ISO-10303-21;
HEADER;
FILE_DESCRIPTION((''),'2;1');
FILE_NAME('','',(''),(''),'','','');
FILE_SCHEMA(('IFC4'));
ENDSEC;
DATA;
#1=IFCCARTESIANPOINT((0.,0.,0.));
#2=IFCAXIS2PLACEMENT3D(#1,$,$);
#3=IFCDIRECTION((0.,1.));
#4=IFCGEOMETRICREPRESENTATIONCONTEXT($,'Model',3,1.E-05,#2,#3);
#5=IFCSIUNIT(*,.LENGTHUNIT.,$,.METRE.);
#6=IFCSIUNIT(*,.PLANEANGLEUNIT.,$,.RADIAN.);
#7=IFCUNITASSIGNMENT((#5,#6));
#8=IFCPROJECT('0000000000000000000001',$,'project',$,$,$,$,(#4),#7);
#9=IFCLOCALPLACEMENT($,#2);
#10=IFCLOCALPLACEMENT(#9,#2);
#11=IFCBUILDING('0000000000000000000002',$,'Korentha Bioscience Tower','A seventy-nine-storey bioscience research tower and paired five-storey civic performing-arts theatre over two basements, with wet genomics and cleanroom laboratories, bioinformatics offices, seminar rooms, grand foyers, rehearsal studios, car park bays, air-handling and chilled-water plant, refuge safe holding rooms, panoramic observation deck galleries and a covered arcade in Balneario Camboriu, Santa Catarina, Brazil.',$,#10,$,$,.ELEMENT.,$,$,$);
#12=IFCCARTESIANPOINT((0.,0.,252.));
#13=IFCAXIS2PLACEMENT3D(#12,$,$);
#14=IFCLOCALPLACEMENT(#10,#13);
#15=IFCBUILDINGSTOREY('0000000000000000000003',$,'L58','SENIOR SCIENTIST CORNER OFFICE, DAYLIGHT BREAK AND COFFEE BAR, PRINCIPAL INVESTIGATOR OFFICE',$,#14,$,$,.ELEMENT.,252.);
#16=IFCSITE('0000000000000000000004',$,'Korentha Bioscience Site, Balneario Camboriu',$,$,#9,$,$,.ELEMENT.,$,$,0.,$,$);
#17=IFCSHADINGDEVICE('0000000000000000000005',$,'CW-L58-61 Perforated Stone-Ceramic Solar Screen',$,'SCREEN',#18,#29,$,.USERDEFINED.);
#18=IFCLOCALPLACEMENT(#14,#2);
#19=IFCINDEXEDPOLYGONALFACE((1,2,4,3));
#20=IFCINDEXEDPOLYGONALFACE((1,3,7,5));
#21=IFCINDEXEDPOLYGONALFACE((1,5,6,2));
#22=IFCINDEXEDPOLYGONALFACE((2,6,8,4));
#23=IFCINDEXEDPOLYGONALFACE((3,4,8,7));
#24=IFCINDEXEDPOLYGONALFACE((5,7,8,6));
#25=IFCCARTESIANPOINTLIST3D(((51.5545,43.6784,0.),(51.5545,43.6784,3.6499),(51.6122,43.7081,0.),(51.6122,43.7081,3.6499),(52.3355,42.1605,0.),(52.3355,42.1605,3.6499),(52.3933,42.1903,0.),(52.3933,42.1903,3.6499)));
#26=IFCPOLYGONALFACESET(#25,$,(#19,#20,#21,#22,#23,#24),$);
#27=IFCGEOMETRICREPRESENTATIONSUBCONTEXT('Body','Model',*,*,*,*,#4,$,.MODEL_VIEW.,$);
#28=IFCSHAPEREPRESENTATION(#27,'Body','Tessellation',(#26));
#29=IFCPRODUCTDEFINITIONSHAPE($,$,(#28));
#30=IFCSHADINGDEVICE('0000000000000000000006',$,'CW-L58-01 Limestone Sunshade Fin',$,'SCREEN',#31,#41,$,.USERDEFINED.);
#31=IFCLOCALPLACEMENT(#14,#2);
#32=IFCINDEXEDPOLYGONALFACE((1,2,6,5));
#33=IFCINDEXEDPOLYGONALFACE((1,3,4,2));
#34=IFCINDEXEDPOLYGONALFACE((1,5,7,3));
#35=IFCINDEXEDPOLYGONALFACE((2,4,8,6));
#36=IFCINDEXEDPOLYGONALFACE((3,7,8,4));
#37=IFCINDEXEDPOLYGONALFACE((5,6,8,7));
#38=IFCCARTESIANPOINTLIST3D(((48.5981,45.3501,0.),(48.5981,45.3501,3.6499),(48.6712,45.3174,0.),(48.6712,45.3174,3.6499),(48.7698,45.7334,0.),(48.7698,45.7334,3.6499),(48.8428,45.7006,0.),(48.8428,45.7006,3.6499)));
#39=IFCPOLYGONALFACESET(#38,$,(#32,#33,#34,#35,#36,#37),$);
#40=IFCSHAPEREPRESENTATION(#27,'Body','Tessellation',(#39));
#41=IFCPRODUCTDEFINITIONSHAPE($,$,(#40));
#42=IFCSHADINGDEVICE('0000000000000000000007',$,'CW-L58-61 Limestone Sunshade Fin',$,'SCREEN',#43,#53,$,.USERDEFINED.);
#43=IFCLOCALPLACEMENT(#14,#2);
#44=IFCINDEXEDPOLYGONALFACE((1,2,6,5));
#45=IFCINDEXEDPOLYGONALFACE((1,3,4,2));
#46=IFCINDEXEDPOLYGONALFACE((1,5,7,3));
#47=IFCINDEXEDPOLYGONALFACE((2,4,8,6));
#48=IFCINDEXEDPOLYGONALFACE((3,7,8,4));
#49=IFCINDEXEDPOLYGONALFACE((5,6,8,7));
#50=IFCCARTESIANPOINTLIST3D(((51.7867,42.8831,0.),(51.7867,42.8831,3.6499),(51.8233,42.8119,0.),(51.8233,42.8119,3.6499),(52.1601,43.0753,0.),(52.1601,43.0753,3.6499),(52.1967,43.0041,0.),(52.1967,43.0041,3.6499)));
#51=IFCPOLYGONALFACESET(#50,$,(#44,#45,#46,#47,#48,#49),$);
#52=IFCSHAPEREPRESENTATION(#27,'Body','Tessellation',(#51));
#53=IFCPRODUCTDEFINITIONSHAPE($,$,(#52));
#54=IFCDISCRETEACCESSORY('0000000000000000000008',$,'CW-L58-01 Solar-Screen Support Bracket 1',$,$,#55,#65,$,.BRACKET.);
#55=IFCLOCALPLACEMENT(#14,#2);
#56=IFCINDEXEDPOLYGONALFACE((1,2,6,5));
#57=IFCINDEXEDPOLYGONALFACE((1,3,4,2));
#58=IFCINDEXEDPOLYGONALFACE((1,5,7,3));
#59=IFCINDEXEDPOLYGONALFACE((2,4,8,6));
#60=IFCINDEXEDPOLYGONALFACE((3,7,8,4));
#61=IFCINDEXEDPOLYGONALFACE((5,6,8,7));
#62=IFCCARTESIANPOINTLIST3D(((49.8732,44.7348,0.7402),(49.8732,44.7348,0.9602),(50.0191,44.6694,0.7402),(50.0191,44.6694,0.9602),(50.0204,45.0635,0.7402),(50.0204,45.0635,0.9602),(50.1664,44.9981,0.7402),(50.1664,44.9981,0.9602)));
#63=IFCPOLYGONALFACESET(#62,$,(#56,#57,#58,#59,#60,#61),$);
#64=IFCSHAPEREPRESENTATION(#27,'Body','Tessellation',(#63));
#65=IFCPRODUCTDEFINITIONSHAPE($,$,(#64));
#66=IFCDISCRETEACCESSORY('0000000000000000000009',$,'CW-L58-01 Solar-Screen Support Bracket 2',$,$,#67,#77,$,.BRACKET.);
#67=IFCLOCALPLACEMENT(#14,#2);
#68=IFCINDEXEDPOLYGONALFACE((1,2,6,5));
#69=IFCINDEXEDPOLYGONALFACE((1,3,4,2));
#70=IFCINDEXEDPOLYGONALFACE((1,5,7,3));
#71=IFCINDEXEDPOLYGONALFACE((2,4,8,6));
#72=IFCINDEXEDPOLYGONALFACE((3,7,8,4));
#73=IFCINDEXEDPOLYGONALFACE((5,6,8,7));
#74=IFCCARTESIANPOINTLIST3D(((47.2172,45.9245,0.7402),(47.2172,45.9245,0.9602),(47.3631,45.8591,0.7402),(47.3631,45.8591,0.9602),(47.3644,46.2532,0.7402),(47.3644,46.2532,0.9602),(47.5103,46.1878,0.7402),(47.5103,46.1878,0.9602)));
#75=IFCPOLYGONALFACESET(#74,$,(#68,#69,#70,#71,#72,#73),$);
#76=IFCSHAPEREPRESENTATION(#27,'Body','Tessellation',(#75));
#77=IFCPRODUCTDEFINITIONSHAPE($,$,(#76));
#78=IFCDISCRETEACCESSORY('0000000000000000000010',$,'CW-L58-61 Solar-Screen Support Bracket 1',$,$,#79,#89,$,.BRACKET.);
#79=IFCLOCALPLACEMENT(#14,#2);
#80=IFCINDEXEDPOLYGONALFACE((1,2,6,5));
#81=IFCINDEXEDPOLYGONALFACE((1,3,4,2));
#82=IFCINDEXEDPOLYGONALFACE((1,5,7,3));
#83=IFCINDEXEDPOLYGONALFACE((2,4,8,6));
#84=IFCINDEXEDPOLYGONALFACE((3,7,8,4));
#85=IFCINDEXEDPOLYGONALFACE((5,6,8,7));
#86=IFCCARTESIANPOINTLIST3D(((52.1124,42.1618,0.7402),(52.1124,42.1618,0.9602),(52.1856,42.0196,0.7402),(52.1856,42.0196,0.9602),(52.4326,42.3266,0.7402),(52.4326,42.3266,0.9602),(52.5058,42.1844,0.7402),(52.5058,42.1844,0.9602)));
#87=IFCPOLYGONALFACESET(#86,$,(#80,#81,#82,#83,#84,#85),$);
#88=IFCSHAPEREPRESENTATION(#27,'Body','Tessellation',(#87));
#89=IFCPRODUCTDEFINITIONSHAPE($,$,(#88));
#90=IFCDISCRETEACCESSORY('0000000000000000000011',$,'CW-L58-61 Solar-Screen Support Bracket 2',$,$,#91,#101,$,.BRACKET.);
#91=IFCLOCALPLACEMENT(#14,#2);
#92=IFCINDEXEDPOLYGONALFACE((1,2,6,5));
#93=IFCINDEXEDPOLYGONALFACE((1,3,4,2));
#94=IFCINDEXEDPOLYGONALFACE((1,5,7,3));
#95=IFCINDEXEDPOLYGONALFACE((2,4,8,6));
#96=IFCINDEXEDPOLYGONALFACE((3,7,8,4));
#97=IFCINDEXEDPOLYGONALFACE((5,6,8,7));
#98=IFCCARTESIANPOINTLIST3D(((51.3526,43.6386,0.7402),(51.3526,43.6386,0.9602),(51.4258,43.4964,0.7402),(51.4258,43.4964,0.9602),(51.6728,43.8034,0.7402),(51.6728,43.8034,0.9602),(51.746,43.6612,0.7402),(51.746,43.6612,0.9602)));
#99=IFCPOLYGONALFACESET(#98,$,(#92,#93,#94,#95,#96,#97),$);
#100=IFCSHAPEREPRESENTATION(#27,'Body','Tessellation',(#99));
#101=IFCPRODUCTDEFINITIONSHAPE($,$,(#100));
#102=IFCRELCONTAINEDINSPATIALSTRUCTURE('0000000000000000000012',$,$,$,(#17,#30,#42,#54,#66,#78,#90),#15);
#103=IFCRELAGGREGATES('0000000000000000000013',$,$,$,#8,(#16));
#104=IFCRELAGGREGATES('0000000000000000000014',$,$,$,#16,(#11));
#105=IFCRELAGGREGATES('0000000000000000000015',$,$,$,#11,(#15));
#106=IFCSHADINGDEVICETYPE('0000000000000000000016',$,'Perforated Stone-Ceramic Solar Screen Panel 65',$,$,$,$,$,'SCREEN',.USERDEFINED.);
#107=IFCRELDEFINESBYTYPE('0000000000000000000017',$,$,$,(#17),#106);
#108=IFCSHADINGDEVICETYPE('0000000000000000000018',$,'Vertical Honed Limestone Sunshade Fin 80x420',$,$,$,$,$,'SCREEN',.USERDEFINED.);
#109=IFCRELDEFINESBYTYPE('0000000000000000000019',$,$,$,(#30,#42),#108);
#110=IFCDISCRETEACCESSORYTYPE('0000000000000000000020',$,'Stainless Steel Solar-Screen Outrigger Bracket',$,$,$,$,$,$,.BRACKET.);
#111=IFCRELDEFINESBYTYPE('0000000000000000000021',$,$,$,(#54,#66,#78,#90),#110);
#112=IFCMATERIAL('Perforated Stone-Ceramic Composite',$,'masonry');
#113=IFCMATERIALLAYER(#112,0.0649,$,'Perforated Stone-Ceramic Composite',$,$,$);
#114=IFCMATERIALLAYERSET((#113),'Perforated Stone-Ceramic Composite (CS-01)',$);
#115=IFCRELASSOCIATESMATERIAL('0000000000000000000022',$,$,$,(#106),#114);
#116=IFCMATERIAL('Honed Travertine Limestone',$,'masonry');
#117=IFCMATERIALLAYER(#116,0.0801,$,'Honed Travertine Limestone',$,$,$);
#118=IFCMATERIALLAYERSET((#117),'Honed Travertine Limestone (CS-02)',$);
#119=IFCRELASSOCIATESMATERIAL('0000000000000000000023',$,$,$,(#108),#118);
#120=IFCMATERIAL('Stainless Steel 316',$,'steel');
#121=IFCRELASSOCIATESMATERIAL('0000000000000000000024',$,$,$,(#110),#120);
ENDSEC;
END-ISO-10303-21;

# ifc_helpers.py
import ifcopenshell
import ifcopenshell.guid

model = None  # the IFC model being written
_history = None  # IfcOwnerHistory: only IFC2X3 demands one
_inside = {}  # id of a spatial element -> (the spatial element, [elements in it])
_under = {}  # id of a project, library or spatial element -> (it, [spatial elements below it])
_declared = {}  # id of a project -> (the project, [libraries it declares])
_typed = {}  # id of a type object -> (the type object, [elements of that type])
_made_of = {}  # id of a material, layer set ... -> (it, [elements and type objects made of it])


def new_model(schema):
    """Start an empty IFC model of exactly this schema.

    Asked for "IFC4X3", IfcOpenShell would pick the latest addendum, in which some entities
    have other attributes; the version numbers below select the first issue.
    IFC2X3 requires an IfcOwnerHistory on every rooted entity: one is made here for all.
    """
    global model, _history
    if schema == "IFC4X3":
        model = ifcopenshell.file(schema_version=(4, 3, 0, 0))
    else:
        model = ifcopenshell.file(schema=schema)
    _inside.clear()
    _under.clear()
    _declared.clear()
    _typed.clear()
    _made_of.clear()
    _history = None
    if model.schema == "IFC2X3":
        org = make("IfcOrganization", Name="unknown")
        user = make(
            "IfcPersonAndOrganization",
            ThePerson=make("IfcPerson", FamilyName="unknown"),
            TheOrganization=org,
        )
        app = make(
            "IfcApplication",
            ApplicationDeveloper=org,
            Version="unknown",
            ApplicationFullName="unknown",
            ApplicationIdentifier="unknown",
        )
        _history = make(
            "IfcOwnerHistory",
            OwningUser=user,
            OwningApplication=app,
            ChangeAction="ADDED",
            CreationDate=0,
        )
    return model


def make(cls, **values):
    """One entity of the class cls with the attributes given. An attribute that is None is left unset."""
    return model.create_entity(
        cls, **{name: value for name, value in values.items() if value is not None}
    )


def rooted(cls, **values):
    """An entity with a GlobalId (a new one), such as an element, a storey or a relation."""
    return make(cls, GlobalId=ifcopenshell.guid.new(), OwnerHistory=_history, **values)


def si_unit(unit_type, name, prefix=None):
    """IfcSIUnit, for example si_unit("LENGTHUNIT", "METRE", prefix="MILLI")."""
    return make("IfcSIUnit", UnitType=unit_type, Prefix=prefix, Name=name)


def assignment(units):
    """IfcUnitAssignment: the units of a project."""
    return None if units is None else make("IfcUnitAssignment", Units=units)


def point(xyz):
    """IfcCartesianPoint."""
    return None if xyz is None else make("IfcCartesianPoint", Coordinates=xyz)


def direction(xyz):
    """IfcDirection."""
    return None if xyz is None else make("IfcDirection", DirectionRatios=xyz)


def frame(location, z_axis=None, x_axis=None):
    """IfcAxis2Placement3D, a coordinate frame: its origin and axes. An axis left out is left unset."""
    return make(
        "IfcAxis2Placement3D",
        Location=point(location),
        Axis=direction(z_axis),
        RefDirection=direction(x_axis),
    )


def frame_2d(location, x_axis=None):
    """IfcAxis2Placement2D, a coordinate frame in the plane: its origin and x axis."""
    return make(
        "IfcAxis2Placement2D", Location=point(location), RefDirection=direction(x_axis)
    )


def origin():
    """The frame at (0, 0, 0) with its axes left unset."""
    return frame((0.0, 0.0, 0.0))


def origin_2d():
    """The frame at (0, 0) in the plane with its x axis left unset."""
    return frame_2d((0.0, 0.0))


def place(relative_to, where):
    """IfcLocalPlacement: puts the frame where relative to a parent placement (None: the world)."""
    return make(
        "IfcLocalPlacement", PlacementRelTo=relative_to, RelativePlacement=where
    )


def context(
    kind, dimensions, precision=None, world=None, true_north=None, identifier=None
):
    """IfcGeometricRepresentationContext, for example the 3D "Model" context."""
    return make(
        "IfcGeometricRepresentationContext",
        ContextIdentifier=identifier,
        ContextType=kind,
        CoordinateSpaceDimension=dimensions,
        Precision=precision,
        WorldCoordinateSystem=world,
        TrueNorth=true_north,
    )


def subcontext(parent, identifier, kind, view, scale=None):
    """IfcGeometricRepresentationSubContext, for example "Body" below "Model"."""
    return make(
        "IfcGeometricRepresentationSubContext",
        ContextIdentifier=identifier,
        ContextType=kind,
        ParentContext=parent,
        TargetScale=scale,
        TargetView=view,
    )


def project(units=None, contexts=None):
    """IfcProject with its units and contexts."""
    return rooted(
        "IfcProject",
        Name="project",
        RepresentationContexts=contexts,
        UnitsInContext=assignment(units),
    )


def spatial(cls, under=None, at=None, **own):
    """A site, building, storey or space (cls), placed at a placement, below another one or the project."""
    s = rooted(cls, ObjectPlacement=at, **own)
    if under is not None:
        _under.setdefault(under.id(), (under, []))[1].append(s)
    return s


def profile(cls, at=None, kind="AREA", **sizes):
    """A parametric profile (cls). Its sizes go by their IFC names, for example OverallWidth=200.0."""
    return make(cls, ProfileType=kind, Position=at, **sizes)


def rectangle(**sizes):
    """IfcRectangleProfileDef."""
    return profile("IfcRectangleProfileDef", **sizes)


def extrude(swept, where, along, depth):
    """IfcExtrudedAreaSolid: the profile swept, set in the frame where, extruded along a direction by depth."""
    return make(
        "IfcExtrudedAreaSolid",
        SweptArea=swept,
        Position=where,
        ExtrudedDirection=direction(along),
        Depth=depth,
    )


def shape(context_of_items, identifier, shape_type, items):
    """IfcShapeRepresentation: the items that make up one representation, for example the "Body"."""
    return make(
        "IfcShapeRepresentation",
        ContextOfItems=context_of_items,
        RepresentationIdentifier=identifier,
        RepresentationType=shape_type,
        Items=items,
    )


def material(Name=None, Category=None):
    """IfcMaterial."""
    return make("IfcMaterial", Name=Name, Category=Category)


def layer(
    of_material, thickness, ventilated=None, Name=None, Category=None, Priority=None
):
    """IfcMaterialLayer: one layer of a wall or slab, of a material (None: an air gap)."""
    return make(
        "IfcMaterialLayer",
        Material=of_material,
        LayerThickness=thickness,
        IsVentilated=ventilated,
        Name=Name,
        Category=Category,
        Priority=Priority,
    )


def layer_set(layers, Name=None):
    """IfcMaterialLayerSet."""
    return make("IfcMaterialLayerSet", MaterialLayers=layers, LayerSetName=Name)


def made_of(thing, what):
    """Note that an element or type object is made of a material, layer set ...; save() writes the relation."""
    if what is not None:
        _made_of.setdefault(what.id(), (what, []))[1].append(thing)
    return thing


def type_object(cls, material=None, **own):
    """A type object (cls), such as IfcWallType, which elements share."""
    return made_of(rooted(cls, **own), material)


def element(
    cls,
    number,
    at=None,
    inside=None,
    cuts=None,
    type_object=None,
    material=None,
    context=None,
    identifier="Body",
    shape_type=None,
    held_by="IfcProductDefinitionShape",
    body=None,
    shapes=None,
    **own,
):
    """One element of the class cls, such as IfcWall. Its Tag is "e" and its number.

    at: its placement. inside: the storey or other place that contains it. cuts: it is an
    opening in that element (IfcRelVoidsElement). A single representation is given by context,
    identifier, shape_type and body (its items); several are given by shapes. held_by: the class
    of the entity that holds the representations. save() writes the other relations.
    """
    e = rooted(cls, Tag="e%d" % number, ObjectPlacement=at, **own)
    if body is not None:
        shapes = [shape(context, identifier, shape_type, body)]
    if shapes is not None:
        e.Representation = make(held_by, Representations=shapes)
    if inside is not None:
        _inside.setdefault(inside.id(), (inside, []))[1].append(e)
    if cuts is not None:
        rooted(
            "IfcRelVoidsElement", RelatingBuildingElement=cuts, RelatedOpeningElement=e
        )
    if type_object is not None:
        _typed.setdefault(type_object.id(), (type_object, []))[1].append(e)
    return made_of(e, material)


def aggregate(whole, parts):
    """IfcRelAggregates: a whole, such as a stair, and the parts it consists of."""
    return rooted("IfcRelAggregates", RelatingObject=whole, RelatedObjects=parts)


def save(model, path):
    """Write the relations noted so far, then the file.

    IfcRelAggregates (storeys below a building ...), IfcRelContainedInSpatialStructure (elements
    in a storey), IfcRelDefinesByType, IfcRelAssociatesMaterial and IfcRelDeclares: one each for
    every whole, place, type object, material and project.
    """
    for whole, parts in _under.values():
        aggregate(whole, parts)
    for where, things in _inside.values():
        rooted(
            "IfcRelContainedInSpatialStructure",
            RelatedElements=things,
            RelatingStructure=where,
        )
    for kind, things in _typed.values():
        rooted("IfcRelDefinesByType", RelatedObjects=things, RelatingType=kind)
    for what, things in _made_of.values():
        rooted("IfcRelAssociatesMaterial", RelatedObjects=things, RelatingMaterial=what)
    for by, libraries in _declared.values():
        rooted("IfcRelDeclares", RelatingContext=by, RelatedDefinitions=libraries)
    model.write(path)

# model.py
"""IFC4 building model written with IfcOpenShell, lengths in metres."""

from ifc_helpers import new_model, si_unit, direction, frame, origin, origin_2d, place, context, subcontext, project, spatial, rectangle, extrude, material, layer, layer_set, type_object, element, save


model = new_model("IFC4")

# Units and contexts
model_context = context("Model", 3, precision=1e-05, world=origin(), true_north=direction((0.0, 1.0)))
body_context = subcontext(model_context, "Body", "Model", "MODEL_VIEW")
ifc_project = project(units=[si_unit("LENGTHUNIT", "METRE"), si_unit("PLANEANGLEUNIT", "RADIAN")], contexts=[model_context])

# Site, building, storey
site_placement = place(None, origin())
site = spatial("IfcSite", under=ifc_project, at=site_placement, Name="Korentha Bioscience Site, Balneario Camboriu", CompositionType="ELEMENT", RefElevation=0.0)
building_placement = place(site_placement, origin())
building = spatial("IfcBuilding", under=site, at=building_placement, Name="Korentha Bioscience Tower", Description="A seventy-nine-storey bioscience research tower and paired five-storey civic performing-arts theatre over two basements, with wet genomics and cleanroom laboratories, bioinformatics offices, seminar rooms, grand foyers, rehearsal studios, car park bays, air-handling and chilled-water plant, refuge safe holding rooms, panoramic observation deck galleries and a covered arcade in Balneario Camboriu, Santa Catarina, Brazil.", CompositionType="ELEMENT")
storey_placement = place(building_placement, frame((0.0, 0.0, 252.0)))
storey = spatial("IfcBuildingStorey", under=building, at=storey_placement, Name="L58", Description="SENIOR SCIENTIST CORNER OFFICE, DAYLIGHT BREAK AND COFFEE BAR, PRINCIPAL INVESTIGATOR OFFICE", CompositionType="ELEMENT", Elevation=252.0)

# Shading devices
ifc_material_1 = material(Name="Perforated Stone-Ceramic Composite", Category="masonry")
ifc_layer_1 = layer(ifc_material_1, 0.0649, Name="Perforated Stone-Ceramic Composite")
ifc_layer_set_1 = layer_set([ifc_layer_1], Name="Perforated Stone-Ceramic Composite (CS-01)")
shading_device_type_1 = type_object("IfcShadingDeviceType", Name="Perforated Stone-Ceramic Solar Screen Panel 65", ElementType="SCREEN", PredefinedType="USERDEFINED", material=ifc_layer_set_1)
shading_device_1_placement = place(storey_placement, frame((51.9739, 42.9343, 0.0), z_axis=(0.0, 0.0, 1.0), x_axis=(-0.45757, 0.889174, 0.0)))
element("IfcShadingDevice", 1, at=shading_device_1_placement, inside=storey, type_object=shading_device_type_1, Name="CW-L58-61 Perforated Stone-Ceramic Solar Screen", ObjectType="SCREEN", PredefinedType="USERDEFINED", context=body_context, shape_type="SweptSolid", body=[
    extrude(rectangle(XDim=1.707, YDim=0.0649, at=origin_2d()), origin(), (0.0, 0.0, 1.0), 3.6499),
])
ifc_material_2 = material(Name="Honed Travertine Limestone", Category="masonry")
ifc_layer_2 = layer(ifc_material_2, 0.0801, Name="Honed Travertine Limestone")
ifc_layer_set_2 = layer_set([ifc_layer_2], Name="Honed Travertine Limestone (CS-02)")
shading_device_type_2 = type_object("IfcShadingDeviceType", Name="Vertical Honed Limestone Sunshade Fin 80x420", ElementType="SCREEN", PredefinedType="USERDEFINED", material=ifc_layer_set_2)
for number, where, z_axis, x_axis, name in (
    (2, (48.7205, 45.5254, 0.0), (0.0, 0.0, 1.0), (-0.912622, 0.408805, 0.0), "CW-L58-01 Limestone Sunshade Fin"),
    (3, (51.9917, 42.9436, 0.0), (0.0, 0.0, 1.0), (-0.45757, 0.889174, 0.0), "CW-L58-61 Limestone Sunshade Fin"),
):
    element("IfcShadingDevice", number, at=place(storey_placement, frame(where, z_axis=z_axis, x_axis=x_axis)), inside=storey, type_object=shading_device_type_2, Name=name, ObjectType="SCREEN", PredefinedType="USERDEFINED", context=body_context, shape_type="SweptSolid", body=[
        extrude(rectangle(XDim=0.0801, YDim=0.4199, at=origin_2d()), origin(), (0.0, 0.0, 1.0), 3.6499),
    ])

# Discrete accessories
ifc_material_3 = material(Name="Stainless Steel 316", Category="steel")
discrete_accessory_type = type_object("IfcDiscreteAccessoryType", Name="Stainless Steel Solar-Screen Outrigger Bracket", PredefinedType="BRACKET", material=ifc_material_3)
for number, where, z_axis, x_axis, name in (
    (4, (50.0198, 44.8665, 0.7402), (0.0, 0.0, 1.0), (-0.912622, 0.408805, 0.0), "CW-L58-01 Solar-Screen Support Bracket 1"),
    (5, (47.3638, 46.0562, 0.7402), (0.0, 0.0, 1.0), (-0.912622, 0.408805, 0.0), "CW-L58-01 Solar-Screen Support Bracket 2"),
    (6, (52.3091, 42.1731, 0.7402), (0.0, 0.0, 1.0), (-0.45757, 0.889174, 0.0), "CW-L58-61 Solar-Screen Support Bracket 1"),
    (7, (51.5493, 43.6499, 0.7402), (0.0, 0.0, 1.0), (-0.45757, 0.889174, 0.0), "CW-L58-61 Solar-Screen Support Bracket 2"),
):
    element("IfcDiscreteAccessory", number, at=place(storey_placement, frame(where, z_axis=z_axis, x_axis=x_axis)), inside=storey, type_object=discrete_accessory_type, Name=name, PredefinedType="BRACKET", context=body_context, shape_type="SweptSolid", body=[
        extrude(rectangle(XDim=0.1599, YDim=0.3601, at=origin_2d()), origin(), (0.0, 0.0, 1.0), 0.22),
    ])

save(model, "model.ifc")
